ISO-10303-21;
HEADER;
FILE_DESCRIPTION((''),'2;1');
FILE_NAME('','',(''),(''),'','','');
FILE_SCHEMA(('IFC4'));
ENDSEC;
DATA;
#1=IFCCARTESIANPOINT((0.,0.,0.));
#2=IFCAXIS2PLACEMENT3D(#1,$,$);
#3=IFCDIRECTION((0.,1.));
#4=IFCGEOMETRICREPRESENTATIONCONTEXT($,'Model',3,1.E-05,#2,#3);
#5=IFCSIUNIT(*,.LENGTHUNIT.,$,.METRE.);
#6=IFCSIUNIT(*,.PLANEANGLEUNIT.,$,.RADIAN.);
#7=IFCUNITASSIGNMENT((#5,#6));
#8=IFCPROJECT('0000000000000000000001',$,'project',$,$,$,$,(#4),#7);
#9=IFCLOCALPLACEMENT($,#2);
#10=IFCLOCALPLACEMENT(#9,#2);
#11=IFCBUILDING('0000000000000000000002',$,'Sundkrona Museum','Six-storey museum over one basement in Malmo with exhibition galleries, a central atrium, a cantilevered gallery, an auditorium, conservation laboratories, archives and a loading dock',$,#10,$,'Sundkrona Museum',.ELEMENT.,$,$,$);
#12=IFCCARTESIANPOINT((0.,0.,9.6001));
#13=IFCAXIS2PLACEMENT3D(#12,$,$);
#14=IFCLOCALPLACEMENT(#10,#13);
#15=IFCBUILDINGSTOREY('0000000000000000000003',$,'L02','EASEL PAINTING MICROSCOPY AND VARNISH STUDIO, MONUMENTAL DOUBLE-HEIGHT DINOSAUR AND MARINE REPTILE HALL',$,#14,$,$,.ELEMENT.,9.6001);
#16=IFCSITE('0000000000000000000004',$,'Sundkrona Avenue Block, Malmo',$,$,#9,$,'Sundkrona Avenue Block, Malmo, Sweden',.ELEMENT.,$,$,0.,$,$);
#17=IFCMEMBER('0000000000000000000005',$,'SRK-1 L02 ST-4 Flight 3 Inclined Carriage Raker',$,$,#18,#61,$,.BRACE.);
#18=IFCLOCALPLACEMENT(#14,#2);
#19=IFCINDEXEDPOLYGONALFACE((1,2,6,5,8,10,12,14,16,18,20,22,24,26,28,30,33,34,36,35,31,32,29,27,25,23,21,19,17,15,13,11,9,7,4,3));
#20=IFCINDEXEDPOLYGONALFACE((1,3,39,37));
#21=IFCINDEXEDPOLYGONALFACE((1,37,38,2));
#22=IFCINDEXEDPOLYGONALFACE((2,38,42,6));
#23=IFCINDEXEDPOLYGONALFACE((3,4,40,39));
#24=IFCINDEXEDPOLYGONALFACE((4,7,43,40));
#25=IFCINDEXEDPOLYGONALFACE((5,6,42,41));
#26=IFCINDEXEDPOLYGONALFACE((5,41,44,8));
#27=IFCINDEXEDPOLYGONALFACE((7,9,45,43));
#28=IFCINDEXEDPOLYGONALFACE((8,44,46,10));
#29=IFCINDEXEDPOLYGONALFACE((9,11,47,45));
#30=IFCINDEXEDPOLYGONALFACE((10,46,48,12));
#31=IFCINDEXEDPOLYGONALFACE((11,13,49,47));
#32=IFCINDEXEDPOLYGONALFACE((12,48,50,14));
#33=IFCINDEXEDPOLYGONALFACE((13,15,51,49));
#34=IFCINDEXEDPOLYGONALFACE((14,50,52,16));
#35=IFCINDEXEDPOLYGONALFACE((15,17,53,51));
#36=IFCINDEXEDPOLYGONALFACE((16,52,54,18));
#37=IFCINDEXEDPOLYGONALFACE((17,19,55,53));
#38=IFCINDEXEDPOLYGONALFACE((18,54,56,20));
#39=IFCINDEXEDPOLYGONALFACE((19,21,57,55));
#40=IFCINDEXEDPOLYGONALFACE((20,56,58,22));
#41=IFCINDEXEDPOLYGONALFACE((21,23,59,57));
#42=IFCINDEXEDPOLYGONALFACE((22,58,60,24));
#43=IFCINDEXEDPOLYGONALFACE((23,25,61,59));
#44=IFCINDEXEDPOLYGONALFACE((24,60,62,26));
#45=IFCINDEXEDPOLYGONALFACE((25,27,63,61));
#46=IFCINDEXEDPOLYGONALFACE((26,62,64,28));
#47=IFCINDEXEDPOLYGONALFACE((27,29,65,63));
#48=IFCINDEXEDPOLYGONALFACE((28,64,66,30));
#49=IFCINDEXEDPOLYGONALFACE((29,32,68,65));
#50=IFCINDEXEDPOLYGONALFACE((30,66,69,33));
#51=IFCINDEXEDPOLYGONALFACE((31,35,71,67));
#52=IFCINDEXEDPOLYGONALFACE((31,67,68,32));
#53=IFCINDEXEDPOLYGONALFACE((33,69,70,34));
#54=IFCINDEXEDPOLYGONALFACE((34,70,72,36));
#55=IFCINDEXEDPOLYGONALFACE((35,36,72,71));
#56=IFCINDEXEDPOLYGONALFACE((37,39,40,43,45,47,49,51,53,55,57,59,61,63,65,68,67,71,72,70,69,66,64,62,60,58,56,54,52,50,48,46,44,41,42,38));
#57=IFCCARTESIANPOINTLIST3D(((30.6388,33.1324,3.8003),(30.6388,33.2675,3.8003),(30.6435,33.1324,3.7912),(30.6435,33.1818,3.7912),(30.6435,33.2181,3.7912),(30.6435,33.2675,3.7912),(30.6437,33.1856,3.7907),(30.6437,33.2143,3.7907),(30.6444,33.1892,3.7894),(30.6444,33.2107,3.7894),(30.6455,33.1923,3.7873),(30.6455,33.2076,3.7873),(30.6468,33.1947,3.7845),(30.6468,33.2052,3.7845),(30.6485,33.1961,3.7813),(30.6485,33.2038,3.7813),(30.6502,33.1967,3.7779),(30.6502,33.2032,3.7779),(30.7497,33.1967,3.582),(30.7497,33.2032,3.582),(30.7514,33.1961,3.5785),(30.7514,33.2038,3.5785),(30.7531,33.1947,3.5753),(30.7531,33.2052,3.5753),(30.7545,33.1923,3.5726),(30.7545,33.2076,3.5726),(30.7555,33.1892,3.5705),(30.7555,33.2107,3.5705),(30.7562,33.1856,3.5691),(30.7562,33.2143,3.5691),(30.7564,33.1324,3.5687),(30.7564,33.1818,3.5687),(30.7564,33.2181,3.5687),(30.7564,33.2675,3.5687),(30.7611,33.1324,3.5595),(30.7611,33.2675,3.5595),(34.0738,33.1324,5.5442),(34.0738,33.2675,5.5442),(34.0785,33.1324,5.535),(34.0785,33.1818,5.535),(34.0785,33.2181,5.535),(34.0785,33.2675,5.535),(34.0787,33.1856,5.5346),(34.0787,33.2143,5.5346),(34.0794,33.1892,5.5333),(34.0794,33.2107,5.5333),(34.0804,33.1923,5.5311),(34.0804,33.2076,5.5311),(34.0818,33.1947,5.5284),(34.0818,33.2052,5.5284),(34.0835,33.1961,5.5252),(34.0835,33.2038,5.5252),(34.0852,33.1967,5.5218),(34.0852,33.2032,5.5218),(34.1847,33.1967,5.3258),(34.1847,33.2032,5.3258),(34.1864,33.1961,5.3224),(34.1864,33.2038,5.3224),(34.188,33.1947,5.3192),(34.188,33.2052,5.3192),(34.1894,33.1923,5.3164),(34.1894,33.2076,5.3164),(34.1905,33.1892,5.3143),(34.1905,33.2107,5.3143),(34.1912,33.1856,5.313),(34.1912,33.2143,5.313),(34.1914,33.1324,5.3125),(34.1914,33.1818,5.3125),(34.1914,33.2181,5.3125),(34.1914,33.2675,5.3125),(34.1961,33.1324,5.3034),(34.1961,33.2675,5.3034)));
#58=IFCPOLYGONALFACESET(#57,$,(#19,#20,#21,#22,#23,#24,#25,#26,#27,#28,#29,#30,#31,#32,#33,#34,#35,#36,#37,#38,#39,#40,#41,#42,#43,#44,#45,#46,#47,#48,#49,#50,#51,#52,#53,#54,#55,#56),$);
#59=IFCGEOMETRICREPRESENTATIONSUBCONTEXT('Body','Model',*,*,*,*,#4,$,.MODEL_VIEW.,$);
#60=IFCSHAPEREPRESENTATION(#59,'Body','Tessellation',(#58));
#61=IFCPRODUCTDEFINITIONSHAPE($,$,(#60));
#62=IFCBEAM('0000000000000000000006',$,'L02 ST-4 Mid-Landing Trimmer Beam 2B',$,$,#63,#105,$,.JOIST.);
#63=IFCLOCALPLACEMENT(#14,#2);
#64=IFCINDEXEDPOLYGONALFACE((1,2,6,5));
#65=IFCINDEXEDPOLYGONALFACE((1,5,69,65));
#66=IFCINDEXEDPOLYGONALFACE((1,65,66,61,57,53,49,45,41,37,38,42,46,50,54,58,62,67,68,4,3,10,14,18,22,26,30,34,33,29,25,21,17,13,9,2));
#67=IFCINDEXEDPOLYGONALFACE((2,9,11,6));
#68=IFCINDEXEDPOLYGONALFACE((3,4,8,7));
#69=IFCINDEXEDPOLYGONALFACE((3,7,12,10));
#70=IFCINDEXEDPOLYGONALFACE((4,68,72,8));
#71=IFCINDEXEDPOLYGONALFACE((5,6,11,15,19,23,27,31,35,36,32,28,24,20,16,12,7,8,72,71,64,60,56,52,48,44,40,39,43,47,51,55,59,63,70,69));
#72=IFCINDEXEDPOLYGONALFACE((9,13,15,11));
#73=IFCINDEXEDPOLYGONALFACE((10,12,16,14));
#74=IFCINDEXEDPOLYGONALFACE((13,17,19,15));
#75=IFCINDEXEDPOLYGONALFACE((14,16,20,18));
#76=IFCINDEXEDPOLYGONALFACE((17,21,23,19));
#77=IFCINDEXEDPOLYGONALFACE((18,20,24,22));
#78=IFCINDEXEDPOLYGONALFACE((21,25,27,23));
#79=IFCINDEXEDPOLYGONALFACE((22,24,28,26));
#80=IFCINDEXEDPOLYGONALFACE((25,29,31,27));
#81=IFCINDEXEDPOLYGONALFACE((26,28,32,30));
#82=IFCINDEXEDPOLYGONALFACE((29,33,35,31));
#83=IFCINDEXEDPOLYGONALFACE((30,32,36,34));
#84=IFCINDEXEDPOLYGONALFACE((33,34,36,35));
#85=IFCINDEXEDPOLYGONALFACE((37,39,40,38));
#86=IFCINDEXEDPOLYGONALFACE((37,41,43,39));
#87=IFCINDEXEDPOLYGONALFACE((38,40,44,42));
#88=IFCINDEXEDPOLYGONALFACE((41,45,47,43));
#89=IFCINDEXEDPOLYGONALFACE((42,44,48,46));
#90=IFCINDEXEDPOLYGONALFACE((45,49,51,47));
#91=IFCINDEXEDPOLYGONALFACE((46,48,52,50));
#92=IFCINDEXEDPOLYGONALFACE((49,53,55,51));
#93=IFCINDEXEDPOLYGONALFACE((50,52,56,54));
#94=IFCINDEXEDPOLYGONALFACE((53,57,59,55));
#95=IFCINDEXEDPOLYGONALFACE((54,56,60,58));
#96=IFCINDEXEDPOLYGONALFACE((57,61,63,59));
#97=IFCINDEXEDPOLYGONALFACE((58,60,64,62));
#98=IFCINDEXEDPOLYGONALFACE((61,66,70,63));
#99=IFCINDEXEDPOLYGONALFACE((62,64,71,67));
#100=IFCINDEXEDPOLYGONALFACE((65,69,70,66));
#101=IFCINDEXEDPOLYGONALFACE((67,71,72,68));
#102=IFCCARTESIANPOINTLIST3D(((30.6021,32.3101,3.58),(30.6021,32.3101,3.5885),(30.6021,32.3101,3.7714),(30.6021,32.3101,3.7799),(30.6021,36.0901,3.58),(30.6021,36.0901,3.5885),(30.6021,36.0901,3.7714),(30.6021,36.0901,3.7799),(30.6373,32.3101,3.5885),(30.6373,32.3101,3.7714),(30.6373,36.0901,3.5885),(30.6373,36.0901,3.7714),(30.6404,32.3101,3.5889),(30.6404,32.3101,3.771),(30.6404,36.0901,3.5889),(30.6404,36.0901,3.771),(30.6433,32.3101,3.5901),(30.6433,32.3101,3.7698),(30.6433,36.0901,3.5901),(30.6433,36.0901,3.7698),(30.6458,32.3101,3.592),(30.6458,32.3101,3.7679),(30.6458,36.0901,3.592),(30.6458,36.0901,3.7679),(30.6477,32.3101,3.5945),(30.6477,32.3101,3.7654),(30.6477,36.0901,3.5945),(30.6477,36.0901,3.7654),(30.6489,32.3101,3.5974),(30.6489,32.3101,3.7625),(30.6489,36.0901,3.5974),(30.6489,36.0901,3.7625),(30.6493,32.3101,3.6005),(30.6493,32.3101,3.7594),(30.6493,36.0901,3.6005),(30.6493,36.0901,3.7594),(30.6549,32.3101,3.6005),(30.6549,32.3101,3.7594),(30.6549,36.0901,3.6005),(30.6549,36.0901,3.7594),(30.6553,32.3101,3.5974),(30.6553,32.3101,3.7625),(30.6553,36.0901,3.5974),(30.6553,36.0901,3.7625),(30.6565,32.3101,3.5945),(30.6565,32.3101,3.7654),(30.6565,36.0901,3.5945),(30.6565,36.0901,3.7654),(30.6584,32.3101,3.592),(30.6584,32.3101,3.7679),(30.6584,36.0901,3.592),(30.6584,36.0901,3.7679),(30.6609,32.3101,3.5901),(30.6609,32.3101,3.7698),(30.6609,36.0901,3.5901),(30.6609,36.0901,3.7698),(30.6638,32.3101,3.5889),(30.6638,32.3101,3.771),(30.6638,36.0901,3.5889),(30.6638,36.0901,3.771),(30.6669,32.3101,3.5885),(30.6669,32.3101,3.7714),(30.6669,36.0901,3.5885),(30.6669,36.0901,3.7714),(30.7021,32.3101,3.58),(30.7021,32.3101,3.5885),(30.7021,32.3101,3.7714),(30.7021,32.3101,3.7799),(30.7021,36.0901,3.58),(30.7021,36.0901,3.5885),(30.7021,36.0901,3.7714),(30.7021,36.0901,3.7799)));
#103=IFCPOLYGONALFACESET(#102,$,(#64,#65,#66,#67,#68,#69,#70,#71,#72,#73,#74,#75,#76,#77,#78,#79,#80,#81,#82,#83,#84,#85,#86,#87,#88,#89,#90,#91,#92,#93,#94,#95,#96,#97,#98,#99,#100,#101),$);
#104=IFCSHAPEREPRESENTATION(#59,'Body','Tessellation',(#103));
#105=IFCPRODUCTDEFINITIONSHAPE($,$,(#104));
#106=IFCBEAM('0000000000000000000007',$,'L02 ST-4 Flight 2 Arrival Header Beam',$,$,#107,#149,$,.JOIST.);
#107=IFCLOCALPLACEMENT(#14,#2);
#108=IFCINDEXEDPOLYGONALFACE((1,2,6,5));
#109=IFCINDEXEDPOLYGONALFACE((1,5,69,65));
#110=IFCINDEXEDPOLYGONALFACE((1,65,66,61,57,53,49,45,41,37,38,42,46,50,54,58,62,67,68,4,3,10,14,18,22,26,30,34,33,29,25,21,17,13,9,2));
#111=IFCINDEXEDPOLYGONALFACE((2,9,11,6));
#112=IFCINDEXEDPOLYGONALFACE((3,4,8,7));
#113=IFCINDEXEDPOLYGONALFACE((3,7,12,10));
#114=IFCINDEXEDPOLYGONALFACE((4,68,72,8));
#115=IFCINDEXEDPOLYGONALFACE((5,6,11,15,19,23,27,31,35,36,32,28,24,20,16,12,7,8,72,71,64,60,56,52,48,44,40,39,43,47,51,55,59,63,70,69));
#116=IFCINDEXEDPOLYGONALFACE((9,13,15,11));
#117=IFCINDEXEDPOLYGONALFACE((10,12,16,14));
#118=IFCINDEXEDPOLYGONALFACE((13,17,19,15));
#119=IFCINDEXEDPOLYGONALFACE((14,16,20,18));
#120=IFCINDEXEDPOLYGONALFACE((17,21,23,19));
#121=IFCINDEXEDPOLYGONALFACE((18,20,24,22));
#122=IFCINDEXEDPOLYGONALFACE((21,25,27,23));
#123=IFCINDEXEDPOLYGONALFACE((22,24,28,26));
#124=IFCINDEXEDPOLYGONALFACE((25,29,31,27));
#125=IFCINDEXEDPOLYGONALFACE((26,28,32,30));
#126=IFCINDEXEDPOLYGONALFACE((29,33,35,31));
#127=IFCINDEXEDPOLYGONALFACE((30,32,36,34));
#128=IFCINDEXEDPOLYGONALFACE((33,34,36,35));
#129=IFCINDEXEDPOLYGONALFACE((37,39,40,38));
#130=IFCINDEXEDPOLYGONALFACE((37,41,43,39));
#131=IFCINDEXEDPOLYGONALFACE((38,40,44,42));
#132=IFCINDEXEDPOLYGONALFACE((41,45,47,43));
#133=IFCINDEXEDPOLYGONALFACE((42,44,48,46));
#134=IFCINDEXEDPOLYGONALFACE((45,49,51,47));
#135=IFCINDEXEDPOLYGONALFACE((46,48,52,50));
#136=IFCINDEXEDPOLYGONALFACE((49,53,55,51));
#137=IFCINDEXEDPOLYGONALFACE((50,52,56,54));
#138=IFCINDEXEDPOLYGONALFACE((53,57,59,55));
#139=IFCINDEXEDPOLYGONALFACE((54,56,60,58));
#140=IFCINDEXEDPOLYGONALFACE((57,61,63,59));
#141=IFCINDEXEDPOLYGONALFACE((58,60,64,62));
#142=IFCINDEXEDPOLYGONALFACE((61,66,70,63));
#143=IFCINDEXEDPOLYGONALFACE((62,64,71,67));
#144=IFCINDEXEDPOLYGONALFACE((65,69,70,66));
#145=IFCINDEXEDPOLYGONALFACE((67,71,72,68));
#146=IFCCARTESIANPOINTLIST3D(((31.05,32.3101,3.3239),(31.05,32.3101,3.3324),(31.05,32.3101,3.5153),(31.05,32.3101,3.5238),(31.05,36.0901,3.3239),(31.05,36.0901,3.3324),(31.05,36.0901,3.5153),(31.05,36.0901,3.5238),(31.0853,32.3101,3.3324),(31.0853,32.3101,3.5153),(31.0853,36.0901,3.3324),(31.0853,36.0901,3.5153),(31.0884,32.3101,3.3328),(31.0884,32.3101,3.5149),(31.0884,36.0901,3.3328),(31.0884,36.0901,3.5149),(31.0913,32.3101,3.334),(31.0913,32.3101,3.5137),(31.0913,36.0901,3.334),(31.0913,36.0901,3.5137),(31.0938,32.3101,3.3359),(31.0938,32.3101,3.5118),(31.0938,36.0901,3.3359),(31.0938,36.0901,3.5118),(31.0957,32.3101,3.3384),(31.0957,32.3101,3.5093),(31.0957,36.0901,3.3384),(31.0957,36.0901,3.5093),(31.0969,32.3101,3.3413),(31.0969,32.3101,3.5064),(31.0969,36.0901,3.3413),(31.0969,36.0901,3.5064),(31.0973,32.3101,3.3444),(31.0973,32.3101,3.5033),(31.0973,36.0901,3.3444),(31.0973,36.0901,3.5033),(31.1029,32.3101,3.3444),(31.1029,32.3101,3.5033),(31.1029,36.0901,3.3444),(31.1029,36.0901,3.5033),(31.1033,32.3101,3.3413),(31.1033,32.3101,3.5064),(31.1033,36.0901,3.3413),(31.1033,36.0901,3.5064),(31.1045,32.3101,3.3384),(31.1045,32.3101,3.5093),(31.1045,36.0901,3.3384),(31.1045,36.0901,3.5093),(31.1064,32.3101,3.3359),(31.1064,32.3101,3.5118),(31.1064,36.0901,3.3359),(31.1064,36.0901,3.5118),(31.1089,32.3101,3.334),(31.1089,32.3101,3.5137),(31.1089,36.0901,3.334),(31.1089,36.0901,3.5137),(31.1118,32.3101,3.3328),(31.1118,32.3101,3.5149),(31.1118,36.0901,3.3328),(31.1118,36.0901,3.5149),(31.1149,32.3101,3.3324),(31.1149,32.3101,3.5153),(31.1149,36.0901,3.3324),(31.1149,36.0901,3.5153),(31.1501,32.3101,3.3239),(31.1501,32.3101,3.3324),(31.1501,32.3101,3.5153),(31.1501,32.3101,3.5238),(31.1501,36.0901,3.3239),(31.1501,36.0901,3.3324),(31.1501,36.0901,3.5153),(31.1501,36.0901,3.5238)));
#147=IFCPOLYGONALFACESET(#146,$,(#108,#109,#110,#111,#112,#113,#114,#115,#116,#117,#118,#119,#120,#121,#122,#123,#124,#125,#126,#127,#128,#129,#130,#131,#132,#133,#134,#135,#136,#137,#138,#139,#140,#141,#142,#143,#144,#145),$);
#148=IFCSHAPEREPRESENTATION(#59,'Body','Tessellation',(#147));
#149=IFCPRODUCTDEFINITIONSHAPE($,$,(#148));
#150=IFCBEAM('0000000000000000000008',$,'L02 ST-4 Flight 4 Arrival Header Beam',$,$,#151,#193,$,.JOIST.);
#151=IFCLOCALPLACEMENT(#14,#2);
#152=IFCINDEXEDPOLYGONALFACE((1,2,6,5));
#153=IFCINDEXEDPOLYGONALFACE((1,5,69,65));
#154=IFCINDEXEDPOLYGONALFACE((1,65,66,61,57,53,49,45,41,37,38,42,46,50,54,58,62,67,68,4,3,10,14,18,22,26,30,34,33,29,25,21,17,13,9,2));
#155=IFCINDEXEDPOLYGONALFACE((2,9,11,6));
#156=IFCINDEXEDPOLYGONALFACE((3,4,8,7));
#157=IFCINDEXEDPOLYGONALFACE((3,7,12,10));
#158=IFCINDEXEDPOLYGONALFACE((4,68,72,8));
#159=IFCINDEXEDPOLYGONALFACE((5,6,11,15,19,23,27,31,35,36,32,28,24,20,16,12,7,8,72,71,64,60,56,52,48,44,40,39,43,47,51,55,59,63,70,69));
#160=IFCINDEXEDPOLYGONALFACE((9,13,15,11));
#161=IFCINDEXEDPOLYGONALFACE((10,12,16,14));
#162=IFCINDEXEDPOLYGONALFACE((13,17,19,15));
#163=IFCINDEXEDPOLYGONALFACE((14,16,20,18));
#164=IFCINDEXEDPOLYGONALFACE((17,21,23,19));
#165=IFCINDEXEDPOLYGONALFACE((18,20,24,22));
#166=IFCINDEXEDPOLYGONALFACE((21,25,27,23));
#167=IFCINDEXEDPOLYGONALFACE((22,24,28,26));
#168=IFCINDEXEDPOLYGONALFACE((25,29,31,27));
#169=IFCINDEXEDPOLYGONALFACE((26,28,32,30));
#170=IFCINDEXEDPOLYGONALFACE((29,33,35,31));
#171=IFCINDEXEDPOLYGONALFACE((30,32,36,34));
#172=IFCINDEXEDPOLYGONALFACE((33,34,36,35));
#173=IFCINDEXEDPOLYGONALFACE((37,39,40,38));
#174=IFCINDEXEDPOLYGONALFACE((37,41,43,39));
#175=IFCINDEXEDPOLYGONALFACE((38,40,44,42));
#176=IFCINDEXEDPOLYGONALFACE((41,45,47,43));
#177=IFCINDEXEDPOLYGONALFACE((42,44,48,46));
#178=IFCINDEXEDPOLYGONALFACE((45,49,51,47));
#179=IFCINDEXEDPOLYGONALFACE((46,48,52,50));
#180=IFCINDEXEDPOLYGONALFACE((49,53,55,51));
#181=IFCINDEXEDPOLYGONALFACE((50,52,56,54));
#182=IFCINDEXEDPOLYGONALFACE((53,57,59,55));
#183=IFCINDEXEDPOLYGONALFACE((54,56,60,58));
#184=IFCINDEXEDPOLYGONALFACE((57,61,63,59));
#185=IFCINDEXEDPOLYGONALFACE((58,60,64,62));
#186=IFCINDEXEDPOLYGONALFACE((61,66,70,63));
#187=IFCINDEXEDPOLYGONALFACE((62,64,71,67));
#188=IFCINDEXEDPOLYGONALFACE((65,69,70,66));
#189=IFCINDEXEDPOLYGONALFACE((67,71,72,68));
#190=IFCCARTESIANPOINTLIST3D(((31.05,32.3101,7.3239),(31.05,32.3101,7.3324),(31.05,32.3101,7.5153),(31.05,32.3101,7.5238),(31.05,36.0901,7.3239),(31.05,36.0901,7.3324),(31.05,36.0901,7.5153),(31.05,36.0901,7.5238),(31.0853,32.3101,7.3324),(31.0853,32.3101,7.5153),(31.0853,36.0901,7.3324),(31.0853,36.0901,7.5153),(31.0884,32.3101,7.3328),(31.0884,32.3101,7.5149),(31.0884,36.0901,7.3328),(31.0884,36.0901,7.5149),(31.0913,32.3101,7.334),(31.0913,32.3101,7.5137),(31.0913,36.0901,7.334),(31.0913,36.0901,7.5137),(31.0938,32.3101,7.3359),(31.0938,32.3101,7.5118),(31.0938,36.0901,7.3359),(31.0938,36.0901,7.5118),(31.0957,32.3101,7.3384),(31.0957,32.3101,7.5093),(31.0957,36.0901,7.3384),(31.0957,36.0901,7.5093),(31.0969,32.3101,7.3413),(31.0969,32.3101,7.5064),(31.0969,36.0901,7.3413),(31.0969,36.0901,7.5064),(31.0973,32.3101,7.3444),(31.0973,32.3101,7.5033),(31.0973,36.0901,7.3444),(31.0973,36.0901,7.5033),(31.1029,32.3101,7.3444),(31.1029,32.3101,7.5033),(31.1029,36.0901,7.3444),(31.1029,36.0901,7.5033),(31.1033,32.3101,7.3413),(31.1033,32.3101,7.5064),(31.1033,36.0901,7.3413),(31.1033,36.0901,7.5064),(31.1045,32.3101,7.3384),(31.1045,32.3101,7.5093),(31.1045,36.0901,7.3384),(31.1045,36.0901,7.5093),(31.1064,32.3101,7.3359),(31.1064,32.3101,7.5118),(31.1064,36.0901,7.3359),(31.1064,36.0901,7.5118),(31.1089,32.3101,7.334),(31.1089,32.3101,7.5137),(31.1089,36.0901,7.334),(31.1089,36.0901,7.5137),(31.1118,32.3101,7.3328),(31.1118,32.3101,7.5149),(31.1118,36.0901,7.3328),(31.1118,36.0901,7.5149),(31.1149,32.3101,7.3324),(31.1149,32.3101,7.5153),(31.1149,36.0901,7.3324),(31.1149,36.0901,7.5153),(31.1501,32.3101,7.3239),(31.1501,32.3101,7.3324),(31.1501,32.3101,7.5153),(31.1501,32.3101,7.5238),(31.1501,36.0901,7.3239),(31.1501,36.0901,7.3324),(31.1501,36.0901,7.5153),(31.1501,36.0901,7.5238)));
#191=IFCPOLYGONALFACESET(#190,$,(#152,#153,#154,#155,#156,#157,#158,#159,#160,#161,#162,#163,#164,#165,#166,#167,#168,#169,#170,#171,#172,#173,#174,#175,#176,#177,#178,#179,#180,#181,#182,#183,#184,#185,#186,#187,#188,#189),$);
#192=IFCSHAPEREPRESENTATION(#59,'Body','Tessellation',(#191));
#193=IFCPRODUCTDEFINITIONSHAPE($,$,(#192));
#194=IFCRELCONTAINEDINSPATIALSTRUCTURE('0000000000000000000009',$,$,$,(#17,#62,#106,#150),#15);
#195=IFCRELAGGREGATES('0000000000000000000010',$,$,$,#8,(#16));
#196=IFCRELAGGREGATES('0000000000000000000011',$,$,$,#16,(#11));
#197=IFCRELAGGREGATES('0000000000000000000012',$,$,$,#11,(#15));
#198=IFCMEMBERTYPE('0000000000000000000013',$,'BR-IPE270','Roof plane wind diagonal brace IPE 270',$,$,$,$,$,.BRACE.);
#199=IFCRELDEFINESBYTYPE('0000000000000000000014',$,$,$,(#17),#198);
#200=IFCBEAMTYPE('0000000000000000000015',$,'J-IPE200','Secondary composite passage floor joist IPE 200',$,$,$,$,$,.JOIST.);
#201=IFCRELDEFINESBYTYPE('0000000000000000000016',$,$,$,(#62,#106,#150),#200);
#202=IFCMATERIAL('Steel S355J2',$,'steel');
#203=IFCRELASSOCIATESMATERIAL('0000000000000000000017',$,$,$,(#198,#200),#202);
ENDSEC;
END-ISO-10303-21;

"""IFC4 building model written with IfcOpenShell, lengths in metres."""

from ifc_helpers import new_model, si_unit, direction, frame, origin, origin_2d, place, context, subcontext, project, spatial, i_section, extrude, material, material_profile, profile_set, type_object, element, save


model = new_model("IFC4")

# Units and contexts
model_context = context("Model", 3, precision=1e-05, world=origin(), true_north=direction((0.0, 1.0)))
body_context = subcontext(model_context, "Body", "Model", "MODEL_VIEW")
ifc_project = project(units=[si_unit("LENGTHUNIT", "METRE"), si_unit("PLANEANGLEUNIT", "RADIAN")], contexts=[model_context])

# Site, building, storey
site_placement = place(None, origin())
site = spatial("IfcSite", under=ifc_project, at=site_placement, Name="Sundkrona Avenue Block, Malmo", LongName="Sundkrona Avenue Block, Malmo, Sweden", CompositionType="ELEMENT", RefElevation=0.0)
building_placement = place(site_placement, origin())
building = spatial("IfcBuilding", under=site, at=building_placement, Name="Sundkrona Museum", Description="Six-storey museum over one basement in Malmo with exhibition galleries, a central atrium, a cantilevered gallery, an auditorium, conservation laboratories, archives and a loading dock", LongName="Sundkrona Museum", CompositionType="ELEMENT")
storey_placement = place(building_placement, frame((0.0, 0.0, 9.6001)))
storey = spatial("IfcBuildingStorey", under=building, at=storey_placement, Name="L02", Description="EASEL PAINTING MICROSCOPY AND VARNISH STUDIO, MONUMENTAL DOUBLE-HEIGHT DINOSAUR AND MARINE REPTILE HALL", CompositionType="ELEMENT", Elevation=9.6001)

# Member
ifc_material_1 = material(Name="Steel S355J2", Category="steel")
ifc_material_profile_1 = material_profile(ifc_material_1, i_section(OverallWidth=0.135, OverallDepth=0.27, WebThickness=0.0066, FlangeThickness=0.0103, FilletRadius=0.0149, at=origin_2d()), Name="IPE 270")
ifc_profile_set_1 = profile_set([ifc_material_profile_1], Name="Steel S355J2")
member_type_1 = type_object("IfcMemberType", Name="BR-IPE270", Description="Roof plane wind diagonal brace IPE 270", PredefinedType="BRACE", material=ifc_profile_set_1)
member_1_placement = place(storey_placement, frame((30.7, 33.2, 3.6799), z_axis=(0.891673, 0.0, 0.452681), x_axis=(0.0, 1.0, 0.0)))
element("IfcMember", 1, at=member_1_placement, inside=storey, type_object=member_type_1, Name="SRK-1 L02 ST-4 Flight 3 Inclined Carriage Raker", PredefinedType="BRACE", context=body_context, shape_type="SweptSolid", body=[
    extrude(i_section(OverallWidth=0.135, OverallDepth=0.27, WebThickness=0.0066, FlangeThickness=0.0103, FilletRadius=0.0149, at=origin_2d()), origin(), (0.0, 0.0, 1.0), 3.8523),
])

# Beams
ifc_material_profile_2 = material_profile(ifc_material_1, i_section(OverallWidth=0.1001, OverallDepth=0.2, WebThickness=0.0056, FlangeThickness=0.0085, FilletRadius=0.012, at=origin_2d()), Name="IPE 200")
ifc_profile_set_2 = profile_set([ifc_material_profile_2], Name="Steel S355J2")
beam_type = type_object("IfcBeamType", Name="J-IPE200", Description="Secondary composite passage floor joist IPE 200", PredefinedType="JOIST", material=ifc_profile_set_2)
for number, where, z_axis, x_axis, name in (
    (2, (30.6521, 32.3101, 3.6799), (0.0, 1.0, 0.0), (-1.0, 0.0, 0.0), "L02 ST-4 Mid-Landing Trimmer Beam 2B"),
    (3, (31.1001, 32.3101, 3.4238), (0.0, 1.0, 0.0), (-1.0, 0.0, 0.0), "L02 ST-4 Flight 2 Arrival Header Beam"),
    (4, (31.1001, 32.3101, 7.4238), (0.0, 1.0, 0.0), (-1.0, 0.0, 0.0), "L02 ST-4 Flight 4 Arrival Header Beam"),
):
    element("IfcBeam", number, at=place(storey_placement, frame(where, z_axis=z_axis, x_axis=x_axis)), inside=storey, type_object=beam_type, Name=name, PredefinedType="JOIST", context=body_context, shape_type="SweptSolid", body=[
        extrude(i_section(OverallWidth=0.1001, OverallDepth=0.2, WebThickness=0.0056, FlangeThickness=0.0085, FilletRadius=0.012, at=origin_2d()), origin(), (0.0, 0.0, 1.0), 3.78),
    ])

save(model, "model.ifc")
